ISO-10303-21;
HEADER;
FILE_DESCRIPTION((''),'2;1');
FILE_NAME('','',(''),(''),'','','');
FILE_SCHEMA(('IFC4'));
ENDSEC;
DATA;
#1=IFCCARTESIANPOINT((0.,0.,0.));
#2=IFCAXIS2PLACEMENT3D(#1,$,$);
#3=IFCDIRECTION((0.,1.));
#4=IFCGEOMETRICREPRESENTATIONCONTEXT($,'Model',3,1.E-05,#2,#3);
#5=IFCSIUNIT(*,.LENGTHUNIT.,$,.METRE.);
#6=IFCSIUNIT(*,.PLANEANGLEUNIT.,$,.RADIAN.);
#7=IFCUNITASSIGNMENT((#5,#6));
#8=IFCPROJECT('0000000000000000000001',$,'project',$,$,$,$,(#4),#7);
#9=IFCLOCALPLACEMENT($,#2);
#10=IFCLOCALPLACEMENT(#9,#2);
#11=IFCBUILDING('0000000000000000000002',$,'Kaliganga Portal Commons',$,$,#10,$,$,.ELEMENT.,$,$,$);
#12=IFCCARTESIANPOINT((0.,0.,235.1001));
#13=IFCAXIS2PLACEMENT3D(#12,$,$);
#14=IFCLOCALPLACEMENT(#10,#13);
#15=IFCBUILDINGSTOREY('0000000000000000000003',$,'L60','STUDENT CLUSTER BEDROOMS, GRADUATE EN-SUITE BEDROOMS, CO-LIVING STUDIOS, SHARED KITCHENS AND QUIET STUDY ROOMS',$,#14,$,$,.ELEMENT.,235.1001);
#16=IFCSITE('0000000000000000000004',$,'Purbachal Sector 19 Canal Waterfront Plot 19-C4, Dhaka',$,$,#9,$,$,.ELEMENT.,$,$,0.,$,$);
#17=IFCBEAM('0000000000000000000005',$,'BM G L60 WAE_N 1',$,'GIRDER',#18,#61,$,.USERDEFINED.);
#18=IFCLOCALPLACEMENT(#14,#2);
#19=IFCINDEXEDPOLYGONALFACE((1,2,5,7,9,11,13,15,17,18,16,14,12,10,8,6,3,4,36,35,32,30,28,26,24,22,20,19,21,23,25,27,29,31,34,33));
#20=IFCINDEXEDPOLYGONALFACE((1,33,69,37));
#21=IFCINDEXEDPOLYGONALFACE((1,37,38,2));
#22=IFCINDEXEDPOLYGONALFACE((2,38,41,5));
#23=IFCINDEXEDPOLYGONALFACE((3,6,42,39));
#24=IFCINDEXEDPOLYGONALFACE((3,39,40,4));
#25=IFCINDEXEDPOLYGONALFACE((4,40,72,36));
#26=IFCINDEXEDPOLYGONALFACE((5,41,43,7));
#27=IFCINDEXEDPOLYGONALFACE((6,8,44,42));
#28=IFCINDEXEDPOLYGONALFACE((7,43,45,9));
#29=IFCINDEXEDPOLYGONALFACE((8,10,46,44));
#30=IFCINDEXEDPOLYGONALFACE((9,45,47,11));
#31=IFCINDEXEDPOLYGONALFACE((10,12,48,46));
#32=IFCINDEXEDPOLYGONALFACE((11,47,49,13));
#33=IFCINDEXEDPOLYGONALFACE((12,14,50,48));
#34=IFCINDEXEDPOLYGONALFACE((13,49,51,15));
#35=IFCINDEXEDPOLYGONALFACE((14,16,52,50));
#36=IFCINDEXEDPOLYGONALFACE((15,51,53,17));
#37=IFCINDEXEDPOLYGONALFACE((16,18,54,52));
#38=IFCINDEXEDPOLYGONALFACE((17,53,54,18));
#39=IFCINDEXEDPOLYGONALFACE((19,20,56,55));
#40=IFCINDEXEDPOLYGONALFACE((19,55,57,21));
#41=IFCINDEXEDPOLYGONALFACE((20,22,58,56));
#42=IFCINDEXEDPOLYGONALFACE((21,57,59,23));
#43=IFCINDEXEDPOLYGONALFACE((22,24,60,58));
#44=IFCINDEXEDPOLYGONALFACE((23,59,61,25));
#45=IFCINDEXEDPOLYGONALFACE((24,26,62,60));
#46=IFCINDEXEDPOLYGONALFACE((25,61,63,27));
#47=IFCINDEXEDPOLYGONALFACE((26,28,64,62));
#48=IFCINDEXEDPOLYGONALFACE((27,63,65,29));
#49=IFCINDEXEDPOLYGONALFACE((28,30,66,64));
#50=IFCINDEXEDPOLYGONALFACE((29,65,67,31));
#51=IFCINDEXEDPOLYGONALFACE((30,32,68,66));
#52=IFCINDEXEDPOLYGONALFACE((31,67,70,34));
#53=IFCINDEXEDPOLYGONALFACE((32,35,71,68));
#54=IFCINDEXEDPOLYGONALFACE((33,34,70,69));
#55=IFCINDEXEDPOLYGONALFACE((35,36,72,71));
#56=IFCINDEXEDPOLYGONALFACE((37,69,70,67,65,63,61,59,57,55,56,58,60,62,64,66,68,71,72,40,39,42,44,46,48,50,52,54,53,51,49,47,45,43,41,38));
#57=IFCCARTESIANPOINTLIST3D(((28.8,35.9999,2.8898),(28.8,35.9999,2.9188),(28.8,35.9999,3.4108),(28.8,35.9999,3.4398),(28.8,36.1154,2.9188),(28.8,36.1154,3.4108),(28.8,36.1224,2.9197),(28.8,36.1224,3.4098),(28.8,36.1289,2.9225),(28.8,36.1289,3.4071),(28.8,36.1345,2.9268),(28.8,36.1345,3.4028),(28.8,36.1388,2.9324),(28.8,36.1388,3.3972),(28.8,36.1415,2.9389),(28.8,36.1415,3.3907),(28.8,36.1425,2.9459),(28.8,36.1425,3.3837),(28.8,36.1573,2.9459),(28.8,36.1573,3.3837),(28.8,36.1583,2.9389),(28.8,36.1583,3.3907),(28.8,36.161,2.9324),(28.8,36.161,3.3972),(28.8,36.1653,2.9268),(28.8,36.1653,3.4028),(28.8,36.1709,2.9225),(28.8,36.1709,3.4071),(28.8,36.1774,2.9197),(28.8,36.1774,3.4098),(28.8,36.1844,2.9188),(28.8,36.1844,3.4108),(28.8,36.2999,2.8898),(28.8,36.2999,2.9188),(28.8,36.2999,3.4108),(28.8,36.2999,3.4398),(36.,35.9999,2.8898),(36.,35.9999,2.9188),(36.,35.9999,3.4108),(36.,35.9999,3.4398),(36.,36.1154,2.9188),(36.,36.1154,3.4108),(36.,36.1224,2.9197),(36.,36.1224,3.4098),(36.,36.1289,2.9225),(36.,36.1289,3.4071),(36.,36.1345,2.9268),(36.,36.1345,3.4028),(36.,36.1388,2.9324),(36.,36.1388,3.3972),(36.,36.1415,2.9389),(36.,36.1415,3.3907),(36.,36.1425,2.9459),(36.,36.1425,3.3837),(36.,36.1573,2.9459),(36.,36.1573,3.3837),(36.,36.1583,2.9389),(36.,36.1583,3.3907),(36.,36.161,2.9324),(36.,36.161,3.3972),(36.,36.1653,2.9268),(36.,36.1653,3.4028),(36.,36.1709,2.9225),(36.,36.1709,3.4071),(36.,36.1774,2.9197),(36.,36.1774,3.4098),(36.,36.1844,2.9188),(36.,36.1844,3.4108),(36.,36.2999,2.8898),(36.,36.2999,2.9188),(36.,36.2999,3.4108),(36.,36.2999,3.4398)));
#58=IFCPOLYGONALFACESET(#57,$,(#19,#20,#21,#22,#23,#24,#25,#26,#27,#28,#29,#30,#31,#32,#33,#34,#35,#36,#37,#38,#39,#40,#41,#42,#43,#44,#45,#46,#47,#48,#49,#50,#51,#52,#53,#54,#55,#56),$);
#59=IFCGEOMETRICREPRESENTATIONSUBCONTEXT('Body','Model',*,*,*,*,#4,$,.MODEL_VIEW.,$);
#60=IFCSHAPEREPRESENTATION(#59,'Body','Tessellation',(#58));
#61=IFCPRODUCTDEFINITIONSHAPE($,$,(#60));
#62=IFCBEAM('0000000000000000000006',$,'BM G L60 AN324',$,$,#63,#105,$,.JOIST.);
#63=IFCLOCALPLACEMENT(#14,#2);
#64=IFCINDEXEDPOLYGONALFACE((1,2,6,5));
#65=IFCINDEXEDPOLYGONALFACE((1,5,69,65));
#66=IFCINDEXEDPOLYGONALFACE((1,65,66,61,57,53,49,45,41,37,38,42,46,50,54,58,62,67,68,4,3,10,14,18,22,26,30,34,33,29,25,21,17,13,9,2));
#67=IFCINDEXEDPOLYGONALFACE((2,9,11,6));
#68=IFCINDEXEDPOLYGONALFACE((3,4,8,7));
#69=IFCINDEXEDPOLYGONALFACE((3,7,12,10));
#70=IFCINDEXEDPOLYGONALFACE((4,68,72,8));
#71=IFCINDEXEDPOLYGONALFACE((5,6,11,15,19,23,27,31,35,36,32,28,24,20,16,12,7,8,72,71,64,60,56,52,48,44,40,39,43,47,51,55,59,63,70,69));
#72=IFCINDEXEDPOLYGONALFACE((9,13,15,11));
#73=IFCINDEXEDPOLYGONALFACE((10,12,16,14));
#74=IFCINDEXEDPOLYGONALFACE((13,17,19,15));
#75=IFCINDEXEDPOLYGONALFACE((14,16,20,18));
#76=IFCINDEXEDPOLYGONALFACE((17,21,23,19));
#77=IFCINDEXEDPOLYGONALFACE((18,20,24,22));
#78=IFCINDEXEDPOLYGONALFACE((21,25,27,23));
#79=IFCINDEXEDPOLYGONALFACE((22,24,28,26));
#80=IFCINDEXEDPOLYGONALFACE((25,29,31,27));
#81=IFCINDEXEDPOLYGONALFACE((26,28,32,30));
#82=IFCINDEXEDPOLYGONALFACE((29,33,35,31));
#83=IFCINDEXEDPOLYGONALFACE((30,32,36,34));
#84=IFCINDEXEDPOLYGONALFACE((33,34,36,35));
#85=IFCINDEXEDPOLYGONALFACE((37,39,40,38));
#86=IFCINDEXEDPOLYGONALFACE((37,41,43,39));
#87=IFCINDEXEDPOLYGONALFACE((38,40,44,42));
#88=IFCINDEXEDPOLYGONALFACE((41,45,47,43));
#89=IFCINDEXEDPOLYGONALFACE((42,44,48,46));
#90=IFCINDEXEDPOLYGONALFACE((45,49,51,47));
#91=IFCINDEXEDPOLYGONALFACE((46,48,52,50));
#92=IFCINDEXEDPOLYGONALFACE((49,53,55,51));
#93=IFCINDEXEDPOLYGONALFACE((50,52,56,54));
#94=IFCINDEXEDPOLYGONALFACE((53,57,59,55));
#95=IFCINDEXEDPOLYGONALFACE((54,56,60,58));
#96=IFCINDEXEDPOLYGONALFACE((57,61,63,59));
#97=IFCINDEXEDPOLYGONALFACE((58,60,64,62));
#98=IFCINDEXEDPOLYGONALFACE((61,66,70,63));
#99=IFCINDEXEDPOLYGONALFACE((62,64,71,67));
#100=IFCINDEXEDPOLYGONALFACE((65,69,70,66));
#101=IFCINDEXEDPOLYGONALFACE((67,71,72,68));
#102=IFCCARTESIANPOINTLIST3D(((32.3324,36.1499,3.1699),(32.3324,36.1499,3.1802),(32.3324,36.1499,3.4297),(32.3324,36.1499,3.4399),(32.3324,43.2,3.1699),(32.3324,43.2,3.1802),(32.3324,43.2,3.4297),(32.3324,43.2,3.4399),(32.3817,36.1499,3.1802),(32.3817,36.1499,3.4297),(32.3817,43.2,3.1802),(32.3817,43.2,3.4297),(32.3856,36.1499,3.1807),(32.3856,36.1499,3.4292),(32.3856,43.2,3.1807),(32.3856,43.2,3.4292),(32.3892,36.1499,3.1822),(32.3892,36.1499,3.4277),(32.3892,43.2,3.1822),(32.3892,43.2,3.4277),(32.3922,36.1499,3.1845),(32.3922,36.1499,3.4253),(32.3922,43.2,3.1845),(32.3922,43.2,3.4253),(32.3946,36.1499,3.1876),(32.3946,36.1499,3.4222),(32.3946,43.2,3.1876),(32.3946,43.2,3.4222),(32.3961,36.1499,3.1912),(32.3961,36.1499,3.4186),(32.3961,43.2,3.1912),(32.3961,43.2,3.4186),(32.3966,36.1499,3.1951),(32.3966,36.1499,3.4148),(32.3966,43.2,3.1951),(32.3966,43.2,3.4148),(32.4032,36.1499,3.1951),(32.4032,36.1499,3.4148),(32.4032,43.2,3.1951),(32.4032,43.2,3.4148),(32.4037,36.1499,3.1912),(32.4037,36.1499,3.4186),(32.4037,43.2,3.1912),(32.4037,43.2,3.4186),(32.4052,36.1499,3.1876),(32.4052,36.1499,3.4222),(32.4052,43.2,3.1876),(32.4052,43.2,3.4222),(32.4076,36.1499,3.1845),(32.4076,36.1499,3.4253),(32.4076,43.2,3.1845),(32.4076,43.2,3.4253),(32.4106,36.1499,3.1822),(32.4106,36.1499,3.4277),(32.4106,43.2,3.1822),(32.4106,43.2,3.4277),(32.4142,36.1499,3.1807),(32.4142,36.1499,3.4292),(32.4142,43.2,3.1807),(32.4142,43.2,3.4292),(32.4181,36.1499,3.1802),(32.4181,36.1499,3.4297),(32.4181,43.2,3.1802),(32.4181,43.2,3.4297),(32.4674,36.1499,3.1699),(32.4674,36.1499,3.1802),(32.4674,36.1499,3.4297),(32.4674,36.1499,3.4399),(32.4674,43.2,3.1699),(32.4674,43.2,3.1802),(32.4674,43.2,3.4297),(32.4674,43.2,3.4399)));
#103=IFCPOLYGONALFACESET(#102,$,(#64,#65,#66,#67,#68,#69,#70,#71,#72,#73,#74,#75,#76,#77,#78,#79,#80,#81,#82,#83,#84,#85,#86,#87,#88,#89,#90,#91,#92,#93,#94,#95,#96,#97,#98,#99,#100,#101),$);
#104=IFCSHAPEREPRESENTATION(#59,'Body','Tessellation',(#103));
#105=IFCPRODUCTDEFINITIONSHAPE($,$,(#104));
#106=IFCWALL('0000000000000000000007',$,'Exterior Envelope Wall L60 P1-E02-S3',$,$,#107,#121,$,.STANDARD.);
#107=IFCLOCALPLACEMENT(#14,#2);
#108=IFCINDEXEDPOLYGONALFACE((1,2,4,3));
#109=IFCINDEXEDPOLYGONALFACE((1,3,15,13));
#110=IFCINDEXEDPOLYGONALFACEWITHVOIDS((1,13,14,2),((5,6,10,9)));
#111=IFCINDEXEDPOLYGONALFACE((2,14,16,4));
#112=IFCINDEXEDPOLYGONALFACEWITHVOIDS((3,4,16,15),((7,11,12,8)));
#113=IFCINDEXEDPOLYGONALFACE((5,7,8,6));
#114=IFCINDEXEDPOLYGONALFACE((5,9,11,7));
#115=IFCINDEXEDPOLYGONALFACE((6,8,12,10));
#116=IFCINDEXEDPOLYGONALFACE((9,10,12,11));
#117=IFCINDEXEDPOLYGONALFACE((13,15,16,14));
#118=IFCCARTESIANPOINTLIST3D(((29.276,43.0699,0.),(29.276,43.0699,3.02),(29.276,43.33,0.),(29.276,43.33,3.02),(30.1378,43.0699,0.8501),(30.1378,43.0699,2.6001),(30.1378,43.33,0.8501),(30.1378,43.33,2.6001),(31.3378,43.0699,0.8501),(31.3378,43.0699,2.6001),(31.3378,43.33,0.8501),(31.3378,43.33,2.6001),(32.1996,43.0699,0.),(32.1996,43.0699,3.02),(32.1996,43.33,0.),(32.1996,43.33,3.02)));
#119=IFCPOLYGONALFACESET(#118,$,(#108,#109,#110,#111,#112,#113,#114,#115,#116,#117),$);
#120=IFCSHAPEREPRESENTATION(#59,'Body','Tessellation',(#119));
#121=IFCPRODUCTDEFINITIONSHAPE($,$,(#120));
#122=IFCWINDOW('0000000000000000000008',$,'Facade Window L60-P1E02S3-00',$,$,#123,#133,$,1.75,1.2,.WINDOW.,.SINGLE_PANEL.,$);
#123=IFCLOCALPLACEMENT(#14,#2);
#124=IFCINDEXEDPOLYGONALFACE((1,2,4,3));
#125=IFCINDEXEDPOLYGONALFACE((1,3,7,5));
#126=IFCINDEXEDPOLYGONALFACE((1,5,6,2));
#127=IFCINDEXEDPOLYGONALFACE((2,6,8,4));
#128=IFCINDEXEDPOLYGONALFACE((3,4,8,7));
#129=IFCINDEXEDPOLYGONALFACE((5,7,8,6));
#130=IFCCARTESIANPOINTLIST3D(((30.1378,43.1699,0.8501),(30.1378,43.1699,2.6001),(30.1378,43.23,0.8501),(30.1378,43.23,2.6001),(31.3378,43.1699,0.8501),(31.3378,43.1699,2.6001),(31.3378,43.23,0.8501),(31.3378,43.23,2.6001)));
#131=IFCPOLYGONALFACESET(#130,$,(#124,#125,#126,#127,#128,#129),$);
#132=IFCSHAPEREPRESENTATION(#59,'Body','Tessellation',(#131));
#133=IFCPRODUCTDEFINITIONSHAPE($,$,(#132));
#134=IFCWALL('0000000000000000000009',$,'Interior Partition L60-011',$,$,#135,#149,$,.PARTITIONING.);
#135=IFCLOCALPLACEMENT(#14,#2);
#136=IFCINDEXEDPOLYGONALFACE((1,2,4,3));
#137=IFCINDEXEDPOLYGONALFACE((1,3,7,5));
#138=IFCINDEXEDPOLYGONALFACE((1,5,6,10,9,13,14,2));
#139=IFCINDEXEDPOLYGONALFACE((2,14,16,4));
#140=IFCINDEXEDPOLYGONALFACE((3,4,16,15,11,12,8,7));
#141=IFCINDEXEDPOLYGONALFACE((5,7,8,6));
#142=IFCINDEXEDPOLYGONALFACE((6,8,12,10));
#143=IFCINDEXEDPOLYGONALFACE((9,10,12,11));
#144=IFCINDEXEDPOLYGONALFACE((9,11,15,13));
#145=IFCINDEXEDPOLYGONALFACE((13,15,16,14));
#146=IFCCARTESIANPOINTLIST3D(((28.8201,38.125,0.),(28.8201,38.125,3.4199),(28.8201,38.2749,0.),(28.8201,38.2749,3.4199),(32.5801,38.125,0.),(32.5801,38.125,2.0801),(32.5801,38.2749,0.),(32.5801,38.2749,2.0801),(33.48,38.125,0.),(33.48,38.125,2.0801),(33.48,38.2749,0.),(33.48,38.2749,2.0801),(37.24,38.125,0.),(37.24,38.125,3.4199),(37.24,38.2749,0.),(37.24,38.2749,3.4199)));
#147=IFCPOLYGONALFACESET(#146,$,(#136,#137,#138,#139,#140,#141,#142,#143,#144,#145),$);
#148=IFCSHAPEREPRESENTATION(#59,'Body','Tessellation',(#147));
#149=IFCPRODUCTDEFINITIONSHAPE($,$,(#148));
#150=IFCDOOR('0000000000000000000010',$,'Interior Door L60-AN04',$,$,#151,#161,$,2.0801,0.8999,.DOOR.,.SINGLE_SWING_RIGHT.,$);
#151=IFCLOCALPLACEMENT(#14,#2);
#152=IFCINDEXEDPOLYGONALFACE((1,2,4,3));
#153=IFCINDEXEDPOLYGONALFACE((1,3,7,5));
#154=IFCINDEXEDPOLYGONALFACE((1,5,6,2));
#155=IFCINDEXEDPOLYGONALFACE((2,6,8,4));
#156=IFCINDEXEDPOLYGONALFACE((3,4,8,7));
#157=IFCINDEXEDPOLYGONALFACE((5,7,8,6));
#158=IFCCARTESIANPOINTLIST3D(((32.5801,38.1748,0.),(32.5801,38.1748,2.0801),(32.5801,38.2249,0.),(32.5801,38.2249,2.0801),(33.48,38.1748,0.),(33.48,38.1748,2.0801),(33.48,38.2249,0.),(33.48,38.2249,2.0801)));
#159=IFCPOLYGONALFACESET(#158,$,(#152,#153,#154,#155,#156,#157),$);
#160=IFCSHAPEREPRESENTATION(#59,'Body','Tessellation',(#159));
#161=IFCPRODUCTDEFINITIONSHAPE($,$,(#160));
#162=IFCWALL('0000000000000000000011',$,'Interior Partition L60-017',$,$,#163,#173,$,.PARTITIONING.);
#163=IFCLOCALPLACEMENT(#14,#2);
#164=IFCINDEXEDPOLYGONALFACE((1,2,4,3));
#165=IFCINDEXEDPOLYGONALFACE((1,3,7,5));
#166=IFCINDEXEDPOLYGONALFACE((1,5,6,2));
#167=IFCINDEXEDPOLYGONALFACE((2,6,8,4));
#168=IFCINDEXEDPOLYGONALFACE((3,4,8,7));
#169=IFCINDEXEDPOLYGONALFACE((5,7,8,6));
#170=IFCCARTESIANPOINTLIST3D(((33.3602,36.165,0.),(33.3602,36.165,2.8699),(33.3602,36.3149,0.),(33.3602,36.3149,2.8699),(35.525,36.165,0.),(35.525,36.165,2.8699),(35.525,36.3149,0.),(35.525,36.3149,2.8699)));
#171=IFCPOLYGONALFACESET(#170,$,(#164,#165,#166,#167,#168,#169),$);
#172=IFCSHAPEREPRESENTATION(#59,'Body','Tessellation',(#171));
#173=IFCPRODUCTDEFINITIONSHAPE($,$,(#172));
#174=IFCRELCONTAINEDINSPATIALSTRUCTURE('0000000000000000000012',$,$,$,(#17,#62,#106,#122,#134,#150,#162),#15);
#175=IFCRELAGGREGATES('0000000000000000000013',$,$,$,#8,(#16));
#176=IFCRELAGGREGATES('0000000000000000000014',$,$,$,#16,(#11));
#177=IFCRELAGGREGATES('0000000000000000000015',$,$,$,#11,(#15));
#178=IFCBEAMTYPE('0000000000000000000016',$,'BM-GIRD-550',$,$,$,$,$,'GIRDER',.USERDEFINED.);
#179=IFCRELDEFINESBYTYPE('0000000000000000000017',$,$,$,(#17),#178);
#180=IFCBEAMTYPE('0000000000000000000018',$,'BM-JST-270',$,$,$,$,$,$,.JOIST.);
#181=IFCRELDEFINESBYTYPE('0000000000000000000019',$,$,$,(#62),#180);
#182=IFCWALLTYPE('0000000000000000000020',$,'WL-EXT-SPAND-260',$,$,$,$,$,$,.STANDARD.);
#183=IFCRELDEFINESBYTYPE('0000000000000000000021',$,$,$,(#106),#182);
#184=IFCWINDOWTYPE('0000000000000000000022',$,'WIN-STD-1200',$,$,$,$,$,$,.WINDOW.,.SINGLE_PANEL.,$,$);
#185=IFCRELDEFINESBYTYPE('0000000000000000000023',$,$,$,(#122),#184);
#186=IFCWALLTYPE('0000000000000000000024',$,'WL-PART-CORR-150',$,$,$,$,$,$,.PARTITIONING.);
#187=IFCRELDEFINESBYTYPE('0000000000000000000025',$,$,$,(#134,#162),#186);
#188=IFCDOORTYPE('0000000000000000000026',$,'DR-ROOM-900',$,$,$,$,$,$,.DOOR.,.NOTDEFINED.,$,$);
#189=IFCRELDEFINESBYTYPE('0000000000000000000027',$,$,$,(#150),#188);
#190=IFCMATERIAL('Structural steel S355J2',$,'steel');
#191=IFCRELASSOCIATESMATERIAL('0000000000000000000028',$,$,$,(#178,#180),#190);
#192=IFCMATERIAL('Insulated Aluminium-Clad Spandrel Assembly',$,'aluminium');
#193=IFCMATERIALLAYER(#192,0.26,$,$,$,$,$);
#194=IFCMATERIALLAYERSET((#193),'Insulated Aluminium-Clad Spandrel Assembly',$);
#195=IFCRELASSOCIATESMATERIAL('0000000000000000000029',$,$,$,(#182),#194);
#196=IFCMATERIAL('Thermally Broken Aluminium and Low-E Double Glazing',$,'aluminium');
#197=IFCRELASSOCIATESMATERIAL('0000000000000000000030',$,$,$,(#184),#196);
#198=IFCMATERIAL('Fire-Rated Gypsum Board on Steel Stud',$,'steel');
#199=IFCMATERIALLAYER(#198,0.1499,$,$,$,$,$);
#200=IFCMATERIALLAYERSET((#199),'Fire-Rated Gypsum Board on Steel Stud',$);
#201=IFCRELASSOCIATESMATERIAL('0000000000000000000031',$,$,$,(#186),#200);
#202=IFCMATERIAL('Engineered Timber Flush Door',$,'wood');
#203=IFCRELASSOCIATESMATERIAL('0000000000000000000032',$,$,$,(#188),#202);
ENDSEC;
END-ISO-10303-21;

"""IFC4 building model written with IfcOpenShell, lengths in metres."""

from ifc_helpers import new_model, si_unit, direction, frame, frame_2d, origin, origin_2d, place, context, subcontext, project, spatial, rectangle, i_section, extrude, source, transform, mapped, material, layer, layer_set, material_profile, profile_set, type_object, element, fill, save


model = new_model("IFC4")

# Units and contexts
model_context = context("Model", 3, precision=1e-05, world=origin(), true_north=direction((0.0, 1.0)))
body_context = subcontext(model_context, "Body", "Model", "MODEL_VIEW")
ifc_project = project(units=[si_unit("LENGTHUNIT", "METRE"), si_unit("PLANEANGLEUNIT", "RADIAN")], contexts=[model_context])

# Site, building, storey
site_placement = place(None, origin())
site = spatial("IfcSite", under=ifc_project, at=site_placement, Name="Purbachal Sector 19 Canal Waterfront Plot 19-C4, Dhaka", CompositionType="ELEMENT", RefElevation=0.0)
building_placement = place(site_placement, origin())
building = spatial("IfcBuilding", under=site, at=building_placement, Name="Kaliganga Portal Commons", CompositionType="ELEMENT")
storey_placement = place(building_placement, frame((0.0, 0.0, 235.1001)))
storey = spatial("IfcBuildingStorey", under=building, at=storey_placement, Name="L60", Description="STUDENT CLUSTER BEDROOMS, GRADUATE EN-SUITE BEDROOMS, CO-LIVING STUDIOS, SHARED KITCHENS AND QUIET STUDY ROOMS", CompositionType="ELEMENT", Elevation=235.1001)

# Shared definitions
ifc_material_1 = material(Name="Structural steel S355J2", Category="steel")

# Beams
ifc_material_profile_1 = material_profile(ifc_material_1, i_section(OverallWidth=0.3, OverallDepth=0.55, WebThickness=0.0149, FlangeThickness=0.0291, FilletRadius=0.0271, at=origin_2d()), Name="HE 550 B")
ifc_profile_set_1 = profile_set([ifc_material_profile_1], Name="Structural steel S355J2 wide-flange")
beam_type_1 = type_object("IfcBeamType", Name="BM-GIRD-550", ElementType="GIRDER", PredefinedType="USERDEFINED", material=ifc_profile_set_1)
shared_shape_1 = source(origin(), body_context, "Body", "SweptSolid", [
    extrude(i_section(OverallWidth=0.3, OverallDepth=0.55, WebThickness=0.0149, FlangeThickness=0.0291, FilletRadius=0.0271, at=origin_2d()), origin(), (0.0, 0.0, 1.0), 7.2),
])
beam_1_placement = place(storey_placement, frame((28.8, 36.1499, 3.1648), z_axis=(1.0, 0.0, 0.0), x_axis=(0.0, 1.0, 0.0)))
element("IfcBeam", 1, at=beam_1_placement, inside=storey, type_object=beam_type_1, Name="BM G L60 WAE_N 1", ObjectType="GIRDER", PredefinedType="USERDEFINED", context=body_context, shape_type="MappedRepresentation", body=[
    mapped(shared_shape_1, transform((0.0, 0.0, 0.0), x_axis=(1.0, 0.0, 0.0), y_axis=(0.0, 1.0, 0.0), z_axis=(0.0, 0.0, 1.0), scale=1.0)),
])
ifc_material_profile_2 = material_profile(ifc_material_1, i_section(OverallWidth=0.135, OverallDepth=0.27, WebThickness=0.0066, FlangeThickness=0.0103, FilletRadius=0.0149, at=origin_2d()), Name="IPE 270")
ifc_profile_set_2 = profile_set([ifc_material_profile_2], Name="Structural steel S355J2 wide-flange")
beam_type_2 = type_object("IfcBeamType", Name="BM-JST-270", PredefinedType="JOIST", material=ifc_profile_set_2)
shared_shape_2 = source(origin(), body_context, "Body", "SweptSolid", [
    extrude(i_section(OverallWidth=0.135, OverallDepth=0.27, WebThickness=0.0066, FlangeThickness=0.0103, FilletRadius=0.0149, at=origin_2d()), origin(), (0.0, 0.0, 1.0), 7.05),
])
beam_2_placement = place(storey_placement, frame((32.3999, 36.1499, 3.3049), z_axis=(0.0, 1.0, 0.0), x_axis=(-1.0, 0.0, 0.0)))
element("IfcBeam", 2, at=beam_2_placement, inside=storey, type_object=beam_type_2, Name="BM G L60 AN324", PredefinedType="JOIST", context=body_context, shape_type="MappedRepresentation", body=[
    mapped(shared_shape_2, transform((0.0, 0.0, 0.0), x_axis=(1.0, 0.0, 0.0), y_axis=(0.0, 1.0, 0.0), z_axis=(0.0, 0.0, 1.0), scale=1.0)),
])

# Shared definitions
ifc_material_2 = material(Name="Insulated Aluminium-Clad Spandrel Assembly", Category="aluminium")
ifc_layer_1 = layer(ifc_material_2, 0.26)
ifc_layer_set_1 = layer_set([ifc_layer_1], Name="Insulated Aluminium-Clad Spandrel Assembly")
wall_type_1 = type_object("IfcWallType", Name="WL-EXT-SPAND-260", PredefinedType="STANDARD", material=ifc_layer_set_1)

# Wall, opening, window
wall_1_placement = place(storey_placement, frame((29.2759, 43.2, 0.0), z_axis=(0.0, 0.0, 1.0), x_axis=(1.0, 0.0, 0.0)))
wall_1 = element("IfcWall", 3, at=wall_1_placement, inside=storey, type_object=wall_type_1, Name="Exterior Envelope Wall L60 P1-E02-S3", PredefinedType="STANDARD", context=body_context, shape_type="SweptSolid", body=[
    extrude(rectangle(XDim=2.9236, YDim=0.26, at=frame_2d((1.4619, 0.0))), origin(), (0.0, 0.0, 1.0), 3.02),
])
opening_1_placement = place(wall_1_placement, frame((0.8618, 0.0, 0.8501)))
opening_1 = element("IfcOpeningElement", 4, at=opening_1_placement, cuts=wall_1, PredefinedType="OPENING", context=body_context, shape_type="SweptSolid", body=[
    extrude(rectangle(XDim=1.2, YDim=1.75, at=frame_2d((0.6001, 0.875))), frame((0.0, 0.1401, 0.0), z_axis=(0.0, -1.0, 0.0), x_axis=(1.0, 0.0, 0.0)), (0.0, 0.0, 1.0), 0.28),
])
ifc_material_3 = material(Name="Thermally Broken Aluminium and Low-E Double Glazing", Category="aluminium")
window_type = type_object("IfcWindowType", Name="WIN-STD-1200", PartitioningType="SINGLE_PANEL", PredefinedType="WINDOW", material=ifc_material_3)
window_placement = place(opening_1_placement, origin())
window = element("IfcWindow", 5, at=window_placement, inside=storey, type_object=window_type, Name="Facade Window L60-P1E02S3-00", OverallHeight=1.75, OverallWidth=1.2, PartitioningType="SINGLE_PANEL", PredefinedType="WINDOW", context=body_context, shape_type="SweptSolid", body=[
    extrude(rectangle(XDim=1.2, YDim=1.75, at=frame_2d((0.6001, 0.875))), frame((0.0, 0.03, 0.0), z_axis=(0.0, -1.0, 0.0), x_axis=(1.0, 0.0, 0.0)), (0.0, 0.0, 1.0), 0.0601),
])
fill(opening_1, window)

# Wall, opening, door
ifc_material_4 = material(Name="Fire-Rated Gypsum Board on Steel Stud", Category="steel")
ifc_layer_2 = layer(ifc_material_4, 0.1499)
ifc_layer_set_2 = layer_set([ifc_layer_2], Name="Fire-Rated Gypsum Board on Steel Stud")
wall_type_2 = type_object("IfcWallType", Name="WL-PART-CORR-150", PredefinedType="PARTITIONING", material=ifc_layer_set_2)
wall_2_placement = place(storey_placement, frame((28.8201, 38.2, 0.0), z_axis=(0.0, 0.0, 1.0), x_axis=(1.0, 0.0, 0.0)))
wall_2 = element("IfcWall", 6, at=wall_2_placement, inside=storey, type_object=wall_type_2, Name="Interior Partition L60-011", PredefinedType="PARTITIONING", context=body_context, shape_type="SweptSolid", body=[
    extrude(rectangle(XDim=8.4199, YDim=0.1499, at=frame_2d((4.21, 0.0))), origin(), (0.0, 0.0, 1.0), 3.4199),
])
opening_2_placement = place(wall_2_placement, frame((3.76, 0.0, 0.0)))
opening_2 = element("IfcOpeningElement", 7, at=opening_2_placement, cuts=wall_2, PredefinedType="OPENING", context=body_context, shape_type="SweptSolid", body=[
    extrude(rectangle(XDim=0.8999, YDim=2.0801, at=frame_2d((0.45, 1.04))), frame((0.0, 0.085, 0.0), z_axis=(0.0, -1.0, 0.0), x_axis=(1.0, 0.0, 0.0)), (0.0, 0.0, 1.0), 0.1699),
])
ifc_material_5 = material(Name="Engineered Timber Flush Door", Category="wood")
door_type_1 = type_object("IfcDoorType", Name="DR-ROOM-900", OperationType="NOTDEFINED", PredefinedType="DOOR", material=ifc_material_5)
door_1_placement = place(opening_2_placement, origin())
door_1 = element("IfcDoor", 8, at=door_1_placement, inside=storey, type_object=door_type_1, Name="Interior Door L60-AN04", OperationType="SINGLE_SWING_RIGHT", OverallHeight=2.0801, OverallWidth=0.8999, PredefinedType="DOOR", context=body_context, shape_type="SweptSolid", body=[
    extrude(rectangle(XDim=0.8999, YDim=2.0801, at=frame_2d((0.45, 1.04))), frame((0.0, 0.0249, 0.0), z_axis=(0.0, -1.0, 0.0), x_axis=(1.0, 0.0, 0.0)), (0.0, 0.0, 1.0), 0.05),
])
fill(opening_2, door_1)

# Wall
wall_3_placement = place(storey_placement, frame((33.3601, 36.24, 0.0), z_axis=(0.0, 0.0, 1.0), x_axis=(1.0, 0.0, 0.0)))
element("IfcWall", 9, at=wall_3_placement, inside=storey, type_object=wall_type_2, Name="Interior Partition L60-017", PredefinedType="PARTITIONING", context=body_context, shape_type="SweptSolid", body=[
    extrude(rectangle(XDim=2.1648, YDim=0.1499, at=frame_2d((1.0825, 0.0))), origin(), (0.0, 0.0, 1.0), 2.8699),
])

save(model, "model.ifc")
